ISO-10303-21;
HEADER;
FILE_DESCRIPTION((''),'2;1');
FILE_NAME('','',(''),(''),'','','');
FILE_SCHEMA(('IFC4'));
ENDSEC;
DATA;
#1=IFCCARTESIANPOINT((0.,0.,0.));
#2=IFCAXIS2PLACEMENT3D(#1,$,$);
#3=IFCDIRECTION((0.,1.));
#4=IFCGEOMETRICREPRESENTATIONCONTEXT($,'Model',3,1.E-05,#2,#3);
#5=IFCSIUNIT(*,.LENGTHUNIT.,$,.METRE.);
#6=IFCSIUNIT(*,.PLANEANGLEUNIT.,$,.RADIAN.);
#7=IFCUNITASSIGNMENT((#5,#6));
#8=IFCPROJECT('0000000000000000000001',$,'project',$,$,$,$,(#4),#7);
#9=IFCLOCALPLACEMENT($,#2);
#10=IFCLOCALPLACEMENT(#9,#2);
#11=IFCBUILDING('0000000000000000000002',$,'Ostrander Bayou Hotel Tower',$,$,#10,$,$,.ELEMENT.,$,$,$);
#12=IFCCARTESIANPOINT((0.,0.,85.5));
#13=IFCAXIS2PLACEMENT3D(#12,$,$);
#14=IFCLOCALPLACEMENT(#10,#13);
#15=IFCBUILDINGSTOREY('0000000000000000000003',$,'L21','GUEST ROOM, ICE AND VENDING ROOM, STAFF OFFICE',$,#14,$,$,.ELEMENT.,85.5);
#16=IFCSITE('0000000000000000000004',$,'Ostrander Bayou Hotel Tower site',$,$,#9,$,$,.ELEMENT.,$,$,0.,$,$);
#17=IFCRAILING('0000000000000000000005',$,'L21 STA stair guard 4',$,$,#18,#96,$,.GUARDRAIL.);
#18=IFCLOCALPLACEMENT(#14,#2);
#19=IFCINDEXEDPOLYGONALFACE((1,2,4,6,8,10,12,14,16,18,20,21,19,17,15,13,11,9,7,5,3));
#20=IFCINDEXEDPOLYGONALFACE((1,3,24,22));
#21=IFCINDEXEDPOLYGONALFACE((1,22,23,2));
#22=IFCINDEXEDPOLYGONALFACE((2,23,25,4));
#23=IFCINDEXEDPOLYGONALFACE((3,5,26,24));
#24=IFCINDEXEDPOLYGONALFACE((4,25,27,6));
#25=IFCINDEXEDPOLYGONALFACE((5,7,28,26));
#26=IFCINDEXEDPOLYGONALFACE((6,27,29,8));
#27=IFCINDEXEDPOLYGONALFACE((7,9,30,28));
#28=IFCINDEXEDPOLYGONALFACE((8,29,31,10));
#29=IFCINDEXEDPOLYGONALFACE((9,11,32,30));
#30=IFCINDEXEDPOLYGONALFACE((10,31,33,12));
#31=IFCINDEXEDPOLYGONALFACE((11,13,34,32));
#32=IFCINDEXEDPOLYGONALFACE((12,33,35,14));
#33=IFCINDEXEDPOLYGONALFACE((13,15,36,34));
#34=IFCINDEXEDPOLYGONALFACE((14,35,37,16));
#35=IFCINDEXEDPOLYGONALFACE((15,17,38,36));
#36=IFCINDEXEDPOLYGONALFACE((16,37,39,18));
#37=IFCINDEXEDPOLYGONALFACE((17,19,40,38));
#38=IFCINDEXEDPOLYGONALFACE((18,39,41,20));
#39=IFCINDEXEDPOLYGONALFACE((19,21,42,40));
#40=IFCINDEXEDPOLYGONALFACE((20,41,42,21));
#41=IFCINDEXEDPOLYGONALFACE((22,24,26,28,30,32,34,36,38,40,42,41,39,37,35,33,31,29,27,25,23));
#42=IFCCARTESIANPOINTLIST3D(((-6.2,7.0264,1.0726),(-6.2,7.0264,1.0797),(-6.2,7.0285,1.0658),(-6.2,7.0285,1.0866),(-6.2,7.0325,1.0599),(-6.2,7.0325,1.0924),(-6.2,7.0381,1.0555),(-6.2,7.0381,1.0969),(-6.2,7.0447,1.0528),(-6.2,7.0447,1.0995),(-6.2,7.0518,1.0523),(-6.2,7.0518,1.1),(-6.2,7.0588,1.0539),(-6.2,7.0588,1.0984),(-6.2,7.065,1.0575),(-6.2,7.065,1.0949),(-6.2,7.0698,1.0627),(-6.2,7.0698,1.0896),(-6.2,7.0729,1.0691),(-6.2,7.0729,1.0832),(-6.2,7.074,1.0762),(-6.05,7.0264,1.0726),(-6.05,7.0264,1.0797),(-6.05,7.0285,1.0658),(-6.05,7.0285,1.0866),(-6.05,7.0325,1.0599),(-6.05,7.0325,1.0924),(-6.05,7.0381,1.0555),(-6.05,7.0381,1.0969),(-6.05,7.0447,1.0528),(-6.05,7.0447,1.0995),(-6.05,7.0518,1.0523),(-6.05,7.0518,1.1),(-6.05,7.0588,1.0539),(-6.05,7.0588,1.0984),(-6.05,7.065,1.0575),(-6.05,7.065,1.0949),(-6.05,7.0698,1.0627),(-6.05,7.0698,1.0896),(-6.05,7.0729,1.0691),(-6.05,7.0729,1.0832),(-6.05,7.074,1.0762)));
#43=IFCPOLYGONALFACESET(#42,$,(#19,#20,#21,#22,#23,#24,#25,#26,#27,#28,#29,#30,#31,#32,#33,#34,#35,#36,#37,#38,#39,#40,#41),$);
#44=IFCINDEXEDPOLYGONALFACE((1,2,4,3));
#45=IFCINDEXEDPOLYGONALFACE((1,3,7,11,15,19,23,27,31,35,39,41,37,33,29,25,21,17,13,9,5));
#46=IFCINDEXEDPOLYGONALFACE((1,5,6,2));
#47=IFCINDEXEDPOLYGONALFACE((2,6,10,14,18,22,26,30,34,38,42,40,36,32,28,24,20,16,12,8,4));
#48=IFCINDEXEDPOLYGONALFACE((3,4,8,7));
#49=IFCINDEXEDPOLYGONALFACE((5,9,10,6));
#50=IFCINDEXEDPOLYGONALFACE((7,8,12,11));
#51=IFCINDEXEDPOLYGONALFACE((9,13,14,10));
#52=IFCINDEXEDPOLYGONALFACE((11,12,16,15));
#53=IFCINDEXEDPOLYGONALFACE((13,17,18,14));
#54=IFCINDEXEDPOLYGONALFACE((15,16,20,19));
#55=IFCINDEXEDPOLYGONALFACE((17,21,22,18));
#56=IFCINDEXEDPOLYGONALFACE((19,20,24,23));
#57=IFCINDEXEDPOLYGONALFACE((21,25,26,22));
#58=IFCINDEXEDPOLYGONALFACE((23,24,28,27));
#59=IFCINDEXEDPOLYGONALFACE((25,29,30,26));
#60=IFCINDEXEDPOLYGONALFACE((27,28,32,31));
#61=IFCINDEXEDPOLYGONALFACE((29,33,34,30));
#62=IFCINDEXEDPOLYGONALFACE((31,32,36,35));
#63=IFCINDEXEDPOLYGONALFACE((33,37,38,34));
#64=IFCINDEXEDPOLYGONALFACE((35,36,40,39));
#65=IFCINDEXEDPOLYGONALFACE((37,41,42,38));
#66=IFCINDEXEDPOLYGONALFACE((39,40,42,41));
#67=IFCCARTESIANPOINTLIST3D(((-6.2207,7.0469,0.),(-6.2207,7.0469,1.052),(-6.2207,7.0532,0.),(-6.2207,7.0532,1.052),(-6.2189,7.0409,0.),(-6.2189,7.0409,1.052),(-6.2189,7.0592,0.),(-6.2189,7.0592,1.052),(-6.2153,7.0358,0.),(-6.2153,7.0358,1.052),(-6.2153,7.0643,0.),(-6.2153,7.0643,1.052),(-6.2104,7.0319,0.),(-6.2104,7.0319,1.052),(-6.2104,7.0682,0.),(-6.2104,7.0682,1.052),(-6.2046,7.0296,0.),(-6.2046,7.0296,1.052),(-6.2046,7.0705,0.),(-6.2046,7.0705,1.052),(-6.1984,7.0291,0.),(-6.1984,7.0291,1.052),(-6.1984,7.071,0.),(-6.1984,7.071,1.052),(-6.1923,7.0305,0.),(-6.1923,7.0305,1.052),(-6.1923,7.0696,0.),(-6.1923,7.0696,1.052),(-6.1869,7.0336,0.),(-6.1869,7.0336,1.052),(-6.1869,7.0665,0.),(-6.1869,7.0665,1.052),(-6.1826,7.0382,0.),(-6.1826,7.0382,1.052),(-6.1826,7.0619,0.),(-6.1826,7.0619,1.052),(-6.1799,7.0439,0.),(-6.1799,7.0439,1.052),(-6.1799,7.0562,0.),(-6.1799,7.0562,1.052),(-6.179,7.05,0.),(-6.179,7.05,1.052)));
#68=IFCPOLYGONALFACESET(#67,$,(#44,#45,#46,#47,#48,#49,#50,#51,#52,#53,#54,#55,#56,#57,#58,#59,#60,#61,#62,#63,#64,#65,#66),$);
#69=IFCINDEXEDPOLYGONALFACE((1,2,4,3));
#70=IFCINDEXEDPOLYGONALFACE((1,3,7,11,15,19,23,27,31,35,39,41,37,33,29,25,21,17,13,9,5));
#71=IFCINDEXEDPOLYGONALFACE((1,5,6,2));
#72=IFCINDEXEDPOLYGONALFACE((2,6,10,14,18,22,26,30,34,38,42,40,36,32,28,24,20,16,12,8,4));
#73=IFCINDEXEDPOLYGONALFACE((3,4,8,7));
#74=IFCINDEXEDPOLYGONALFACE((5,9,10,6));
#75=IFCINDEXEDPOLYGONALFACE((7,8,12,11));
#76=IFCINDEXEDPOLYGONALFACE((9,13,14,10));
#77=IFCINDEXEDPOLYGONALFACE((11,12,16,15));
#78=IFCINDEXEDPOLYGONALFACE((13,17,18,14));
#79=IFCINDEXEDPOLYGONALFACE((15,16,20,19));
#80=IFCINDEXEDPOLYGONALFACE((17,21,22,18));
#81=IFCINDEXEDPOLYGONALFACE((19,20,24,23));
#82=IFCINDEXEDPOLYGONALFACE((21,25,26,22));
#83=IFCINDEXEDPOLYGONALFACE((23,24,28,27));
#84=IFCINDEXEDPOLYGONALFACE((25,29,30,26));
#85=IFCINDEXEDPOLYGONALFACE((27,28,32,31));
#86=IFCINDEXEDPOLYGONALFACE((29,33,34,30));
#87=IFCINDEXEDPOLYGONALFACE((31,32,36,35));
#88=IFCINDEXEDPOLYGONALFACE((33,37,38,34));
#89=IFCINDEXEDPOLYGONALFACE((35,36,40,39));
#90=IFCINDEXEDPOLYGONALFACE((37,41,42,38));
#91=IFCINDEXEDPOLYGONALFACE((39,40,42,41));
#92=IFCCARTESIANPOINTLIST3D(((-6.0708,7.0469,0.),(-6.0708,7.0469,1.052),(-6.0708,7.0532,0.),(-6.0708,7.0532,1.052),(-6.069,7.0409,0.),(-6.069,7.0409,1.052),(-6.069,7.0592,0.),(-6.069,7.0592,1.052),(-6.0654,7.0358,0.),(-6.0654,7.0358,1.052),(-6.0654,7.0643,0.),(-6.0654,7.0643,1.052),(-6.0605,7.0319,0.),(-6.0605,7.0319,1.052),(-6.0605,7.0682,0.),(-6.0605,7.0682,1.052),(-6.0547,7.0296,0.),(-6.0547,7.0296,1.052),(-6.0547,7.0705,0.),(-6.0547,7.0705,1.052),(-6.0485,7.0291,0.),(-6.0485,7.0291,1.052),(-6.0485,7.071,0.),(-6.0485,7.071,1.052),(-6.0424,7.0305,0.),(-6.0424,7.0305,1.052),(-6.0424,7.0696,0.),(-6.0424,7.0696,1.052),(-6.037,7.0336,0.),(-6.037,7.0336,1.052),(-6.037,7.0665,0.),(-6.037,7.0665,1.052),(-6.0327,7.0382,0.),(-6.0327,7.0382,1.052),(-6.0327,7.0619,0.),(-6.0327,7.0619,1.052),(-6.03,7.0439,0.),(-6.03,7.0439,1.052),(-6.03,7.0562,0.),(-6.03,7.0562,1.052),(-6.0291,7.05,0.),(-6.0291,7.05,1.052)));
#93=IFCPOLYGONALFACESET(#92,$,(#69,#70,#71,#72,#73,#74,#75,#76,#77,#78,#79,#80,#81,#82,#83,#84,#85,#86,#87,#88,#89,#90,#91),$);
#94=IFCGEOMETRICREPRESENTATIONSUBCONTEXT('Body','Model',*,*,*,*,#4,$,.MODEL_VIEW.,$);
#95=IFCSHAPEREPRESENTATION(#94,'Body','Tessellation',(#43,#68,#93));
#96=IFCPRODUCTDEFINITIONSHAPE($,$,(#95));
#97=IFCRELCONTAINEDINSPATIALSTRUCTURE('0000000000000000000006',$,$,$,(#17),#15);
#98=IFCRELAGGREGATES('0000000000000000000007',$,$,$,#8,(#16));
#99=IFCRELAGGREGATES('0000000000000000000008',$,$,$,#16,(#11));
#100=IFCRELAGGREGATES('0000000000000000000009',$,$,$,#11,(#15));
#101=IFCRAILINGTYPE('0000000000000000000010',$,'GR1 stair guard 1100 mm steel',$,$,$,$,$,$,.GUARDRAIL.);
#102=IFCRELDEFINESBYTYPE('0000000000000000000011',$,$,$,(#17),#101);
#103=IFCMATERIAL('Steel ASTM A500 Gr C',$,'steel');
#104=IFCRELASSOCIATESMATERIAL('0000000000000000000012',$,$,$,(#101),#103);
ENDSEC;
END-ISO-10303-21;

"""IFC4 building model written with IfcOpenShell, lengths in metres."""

from ifc_helpers import new_model, si_unit, direction, frame, origin, origin_2d, place, context, subcontext, project, spatial, circle, extrude, material, type_object, element, save


model = new_model("IFC4")

# Units and contexts
model_context = context("Model", 3, precision=1e-05, world=origin(), true_north=direction((0.0, 1.0)))
body_context = subcontext(model_context, "Body", "Model", "MODEL_VIEW")
ifc_project = project(units=[si_unit("LENGTHUNIT", "METRE"), si_unit("PLANEANGLEUNIT", "RADIAN")], contexts=[model_context])

# Site, building, storey
site_placement = place(None, origin())
site = spatial("IfcSite", under=ifc_project, at=site_placement, Name="Ostrander Bayou Hotel Tower site", CompositionType="ELEMENT", RefElevation=0.0)
building_placement = place(site_placement, origin())
building = spatial("IfcBuilding", under=site, at=building_placement, Name="Ostrander Bayou Hotel Tower", CompositionType="ELEMENT")
storey_placement = place(building_placement, frame((0.0, 0.0, 85.5)))
storey = spatial("IfcBuildingStorey", under=building, at=storey_placement, Name="L21", Description="GUEST ROOM, ICE AND VENDING ROOM, STAFF OFFICE", CompositionType="ELEMENT", Elevation=85.5)

# Railing
ifc_material_1 = material(Name="Steel ASTM A500 Gr C", Category="steel")
railing_type_1 = type_object("IfcRailingType", Name="GR1 stair guard 1100 mm steel", PredefinedType="GUARDRAIL", material=ifc_material_1)
railing_1_placement = place(storey_placement, frame((-6.2, 7.05, 0.0)))
element("IfcRailing", 1, at=railing_1_placement, inside=storey, type_object=railing_type_1, Name="L21 STA stair guard 4", PredefinedType="GUARDRAIL", context=body_context, shape_type="SweptSolid", body=[
    extrude(circle(Radius=0.0239, at=origin_2d()), frame((0.0, 0.0, 1.0762), z_axis=(1.0, 0.0, 0.0), x_axis=(0.0, 1.0, 0.0)), (0.0, 0.0, 1.0), 0.1499),
    extrude(circle(Radius=0.021, at=origin_2d()), origin(), (0.0, 0.0, 1.0), 1.052),
    extrude(circle(Radius=0.021, at=origin_2d()), frame((0.1499, 0.0, 0.0)), (0.0, 0.0, 1.0), 1.052),
])

save(model, "model.ifc")
